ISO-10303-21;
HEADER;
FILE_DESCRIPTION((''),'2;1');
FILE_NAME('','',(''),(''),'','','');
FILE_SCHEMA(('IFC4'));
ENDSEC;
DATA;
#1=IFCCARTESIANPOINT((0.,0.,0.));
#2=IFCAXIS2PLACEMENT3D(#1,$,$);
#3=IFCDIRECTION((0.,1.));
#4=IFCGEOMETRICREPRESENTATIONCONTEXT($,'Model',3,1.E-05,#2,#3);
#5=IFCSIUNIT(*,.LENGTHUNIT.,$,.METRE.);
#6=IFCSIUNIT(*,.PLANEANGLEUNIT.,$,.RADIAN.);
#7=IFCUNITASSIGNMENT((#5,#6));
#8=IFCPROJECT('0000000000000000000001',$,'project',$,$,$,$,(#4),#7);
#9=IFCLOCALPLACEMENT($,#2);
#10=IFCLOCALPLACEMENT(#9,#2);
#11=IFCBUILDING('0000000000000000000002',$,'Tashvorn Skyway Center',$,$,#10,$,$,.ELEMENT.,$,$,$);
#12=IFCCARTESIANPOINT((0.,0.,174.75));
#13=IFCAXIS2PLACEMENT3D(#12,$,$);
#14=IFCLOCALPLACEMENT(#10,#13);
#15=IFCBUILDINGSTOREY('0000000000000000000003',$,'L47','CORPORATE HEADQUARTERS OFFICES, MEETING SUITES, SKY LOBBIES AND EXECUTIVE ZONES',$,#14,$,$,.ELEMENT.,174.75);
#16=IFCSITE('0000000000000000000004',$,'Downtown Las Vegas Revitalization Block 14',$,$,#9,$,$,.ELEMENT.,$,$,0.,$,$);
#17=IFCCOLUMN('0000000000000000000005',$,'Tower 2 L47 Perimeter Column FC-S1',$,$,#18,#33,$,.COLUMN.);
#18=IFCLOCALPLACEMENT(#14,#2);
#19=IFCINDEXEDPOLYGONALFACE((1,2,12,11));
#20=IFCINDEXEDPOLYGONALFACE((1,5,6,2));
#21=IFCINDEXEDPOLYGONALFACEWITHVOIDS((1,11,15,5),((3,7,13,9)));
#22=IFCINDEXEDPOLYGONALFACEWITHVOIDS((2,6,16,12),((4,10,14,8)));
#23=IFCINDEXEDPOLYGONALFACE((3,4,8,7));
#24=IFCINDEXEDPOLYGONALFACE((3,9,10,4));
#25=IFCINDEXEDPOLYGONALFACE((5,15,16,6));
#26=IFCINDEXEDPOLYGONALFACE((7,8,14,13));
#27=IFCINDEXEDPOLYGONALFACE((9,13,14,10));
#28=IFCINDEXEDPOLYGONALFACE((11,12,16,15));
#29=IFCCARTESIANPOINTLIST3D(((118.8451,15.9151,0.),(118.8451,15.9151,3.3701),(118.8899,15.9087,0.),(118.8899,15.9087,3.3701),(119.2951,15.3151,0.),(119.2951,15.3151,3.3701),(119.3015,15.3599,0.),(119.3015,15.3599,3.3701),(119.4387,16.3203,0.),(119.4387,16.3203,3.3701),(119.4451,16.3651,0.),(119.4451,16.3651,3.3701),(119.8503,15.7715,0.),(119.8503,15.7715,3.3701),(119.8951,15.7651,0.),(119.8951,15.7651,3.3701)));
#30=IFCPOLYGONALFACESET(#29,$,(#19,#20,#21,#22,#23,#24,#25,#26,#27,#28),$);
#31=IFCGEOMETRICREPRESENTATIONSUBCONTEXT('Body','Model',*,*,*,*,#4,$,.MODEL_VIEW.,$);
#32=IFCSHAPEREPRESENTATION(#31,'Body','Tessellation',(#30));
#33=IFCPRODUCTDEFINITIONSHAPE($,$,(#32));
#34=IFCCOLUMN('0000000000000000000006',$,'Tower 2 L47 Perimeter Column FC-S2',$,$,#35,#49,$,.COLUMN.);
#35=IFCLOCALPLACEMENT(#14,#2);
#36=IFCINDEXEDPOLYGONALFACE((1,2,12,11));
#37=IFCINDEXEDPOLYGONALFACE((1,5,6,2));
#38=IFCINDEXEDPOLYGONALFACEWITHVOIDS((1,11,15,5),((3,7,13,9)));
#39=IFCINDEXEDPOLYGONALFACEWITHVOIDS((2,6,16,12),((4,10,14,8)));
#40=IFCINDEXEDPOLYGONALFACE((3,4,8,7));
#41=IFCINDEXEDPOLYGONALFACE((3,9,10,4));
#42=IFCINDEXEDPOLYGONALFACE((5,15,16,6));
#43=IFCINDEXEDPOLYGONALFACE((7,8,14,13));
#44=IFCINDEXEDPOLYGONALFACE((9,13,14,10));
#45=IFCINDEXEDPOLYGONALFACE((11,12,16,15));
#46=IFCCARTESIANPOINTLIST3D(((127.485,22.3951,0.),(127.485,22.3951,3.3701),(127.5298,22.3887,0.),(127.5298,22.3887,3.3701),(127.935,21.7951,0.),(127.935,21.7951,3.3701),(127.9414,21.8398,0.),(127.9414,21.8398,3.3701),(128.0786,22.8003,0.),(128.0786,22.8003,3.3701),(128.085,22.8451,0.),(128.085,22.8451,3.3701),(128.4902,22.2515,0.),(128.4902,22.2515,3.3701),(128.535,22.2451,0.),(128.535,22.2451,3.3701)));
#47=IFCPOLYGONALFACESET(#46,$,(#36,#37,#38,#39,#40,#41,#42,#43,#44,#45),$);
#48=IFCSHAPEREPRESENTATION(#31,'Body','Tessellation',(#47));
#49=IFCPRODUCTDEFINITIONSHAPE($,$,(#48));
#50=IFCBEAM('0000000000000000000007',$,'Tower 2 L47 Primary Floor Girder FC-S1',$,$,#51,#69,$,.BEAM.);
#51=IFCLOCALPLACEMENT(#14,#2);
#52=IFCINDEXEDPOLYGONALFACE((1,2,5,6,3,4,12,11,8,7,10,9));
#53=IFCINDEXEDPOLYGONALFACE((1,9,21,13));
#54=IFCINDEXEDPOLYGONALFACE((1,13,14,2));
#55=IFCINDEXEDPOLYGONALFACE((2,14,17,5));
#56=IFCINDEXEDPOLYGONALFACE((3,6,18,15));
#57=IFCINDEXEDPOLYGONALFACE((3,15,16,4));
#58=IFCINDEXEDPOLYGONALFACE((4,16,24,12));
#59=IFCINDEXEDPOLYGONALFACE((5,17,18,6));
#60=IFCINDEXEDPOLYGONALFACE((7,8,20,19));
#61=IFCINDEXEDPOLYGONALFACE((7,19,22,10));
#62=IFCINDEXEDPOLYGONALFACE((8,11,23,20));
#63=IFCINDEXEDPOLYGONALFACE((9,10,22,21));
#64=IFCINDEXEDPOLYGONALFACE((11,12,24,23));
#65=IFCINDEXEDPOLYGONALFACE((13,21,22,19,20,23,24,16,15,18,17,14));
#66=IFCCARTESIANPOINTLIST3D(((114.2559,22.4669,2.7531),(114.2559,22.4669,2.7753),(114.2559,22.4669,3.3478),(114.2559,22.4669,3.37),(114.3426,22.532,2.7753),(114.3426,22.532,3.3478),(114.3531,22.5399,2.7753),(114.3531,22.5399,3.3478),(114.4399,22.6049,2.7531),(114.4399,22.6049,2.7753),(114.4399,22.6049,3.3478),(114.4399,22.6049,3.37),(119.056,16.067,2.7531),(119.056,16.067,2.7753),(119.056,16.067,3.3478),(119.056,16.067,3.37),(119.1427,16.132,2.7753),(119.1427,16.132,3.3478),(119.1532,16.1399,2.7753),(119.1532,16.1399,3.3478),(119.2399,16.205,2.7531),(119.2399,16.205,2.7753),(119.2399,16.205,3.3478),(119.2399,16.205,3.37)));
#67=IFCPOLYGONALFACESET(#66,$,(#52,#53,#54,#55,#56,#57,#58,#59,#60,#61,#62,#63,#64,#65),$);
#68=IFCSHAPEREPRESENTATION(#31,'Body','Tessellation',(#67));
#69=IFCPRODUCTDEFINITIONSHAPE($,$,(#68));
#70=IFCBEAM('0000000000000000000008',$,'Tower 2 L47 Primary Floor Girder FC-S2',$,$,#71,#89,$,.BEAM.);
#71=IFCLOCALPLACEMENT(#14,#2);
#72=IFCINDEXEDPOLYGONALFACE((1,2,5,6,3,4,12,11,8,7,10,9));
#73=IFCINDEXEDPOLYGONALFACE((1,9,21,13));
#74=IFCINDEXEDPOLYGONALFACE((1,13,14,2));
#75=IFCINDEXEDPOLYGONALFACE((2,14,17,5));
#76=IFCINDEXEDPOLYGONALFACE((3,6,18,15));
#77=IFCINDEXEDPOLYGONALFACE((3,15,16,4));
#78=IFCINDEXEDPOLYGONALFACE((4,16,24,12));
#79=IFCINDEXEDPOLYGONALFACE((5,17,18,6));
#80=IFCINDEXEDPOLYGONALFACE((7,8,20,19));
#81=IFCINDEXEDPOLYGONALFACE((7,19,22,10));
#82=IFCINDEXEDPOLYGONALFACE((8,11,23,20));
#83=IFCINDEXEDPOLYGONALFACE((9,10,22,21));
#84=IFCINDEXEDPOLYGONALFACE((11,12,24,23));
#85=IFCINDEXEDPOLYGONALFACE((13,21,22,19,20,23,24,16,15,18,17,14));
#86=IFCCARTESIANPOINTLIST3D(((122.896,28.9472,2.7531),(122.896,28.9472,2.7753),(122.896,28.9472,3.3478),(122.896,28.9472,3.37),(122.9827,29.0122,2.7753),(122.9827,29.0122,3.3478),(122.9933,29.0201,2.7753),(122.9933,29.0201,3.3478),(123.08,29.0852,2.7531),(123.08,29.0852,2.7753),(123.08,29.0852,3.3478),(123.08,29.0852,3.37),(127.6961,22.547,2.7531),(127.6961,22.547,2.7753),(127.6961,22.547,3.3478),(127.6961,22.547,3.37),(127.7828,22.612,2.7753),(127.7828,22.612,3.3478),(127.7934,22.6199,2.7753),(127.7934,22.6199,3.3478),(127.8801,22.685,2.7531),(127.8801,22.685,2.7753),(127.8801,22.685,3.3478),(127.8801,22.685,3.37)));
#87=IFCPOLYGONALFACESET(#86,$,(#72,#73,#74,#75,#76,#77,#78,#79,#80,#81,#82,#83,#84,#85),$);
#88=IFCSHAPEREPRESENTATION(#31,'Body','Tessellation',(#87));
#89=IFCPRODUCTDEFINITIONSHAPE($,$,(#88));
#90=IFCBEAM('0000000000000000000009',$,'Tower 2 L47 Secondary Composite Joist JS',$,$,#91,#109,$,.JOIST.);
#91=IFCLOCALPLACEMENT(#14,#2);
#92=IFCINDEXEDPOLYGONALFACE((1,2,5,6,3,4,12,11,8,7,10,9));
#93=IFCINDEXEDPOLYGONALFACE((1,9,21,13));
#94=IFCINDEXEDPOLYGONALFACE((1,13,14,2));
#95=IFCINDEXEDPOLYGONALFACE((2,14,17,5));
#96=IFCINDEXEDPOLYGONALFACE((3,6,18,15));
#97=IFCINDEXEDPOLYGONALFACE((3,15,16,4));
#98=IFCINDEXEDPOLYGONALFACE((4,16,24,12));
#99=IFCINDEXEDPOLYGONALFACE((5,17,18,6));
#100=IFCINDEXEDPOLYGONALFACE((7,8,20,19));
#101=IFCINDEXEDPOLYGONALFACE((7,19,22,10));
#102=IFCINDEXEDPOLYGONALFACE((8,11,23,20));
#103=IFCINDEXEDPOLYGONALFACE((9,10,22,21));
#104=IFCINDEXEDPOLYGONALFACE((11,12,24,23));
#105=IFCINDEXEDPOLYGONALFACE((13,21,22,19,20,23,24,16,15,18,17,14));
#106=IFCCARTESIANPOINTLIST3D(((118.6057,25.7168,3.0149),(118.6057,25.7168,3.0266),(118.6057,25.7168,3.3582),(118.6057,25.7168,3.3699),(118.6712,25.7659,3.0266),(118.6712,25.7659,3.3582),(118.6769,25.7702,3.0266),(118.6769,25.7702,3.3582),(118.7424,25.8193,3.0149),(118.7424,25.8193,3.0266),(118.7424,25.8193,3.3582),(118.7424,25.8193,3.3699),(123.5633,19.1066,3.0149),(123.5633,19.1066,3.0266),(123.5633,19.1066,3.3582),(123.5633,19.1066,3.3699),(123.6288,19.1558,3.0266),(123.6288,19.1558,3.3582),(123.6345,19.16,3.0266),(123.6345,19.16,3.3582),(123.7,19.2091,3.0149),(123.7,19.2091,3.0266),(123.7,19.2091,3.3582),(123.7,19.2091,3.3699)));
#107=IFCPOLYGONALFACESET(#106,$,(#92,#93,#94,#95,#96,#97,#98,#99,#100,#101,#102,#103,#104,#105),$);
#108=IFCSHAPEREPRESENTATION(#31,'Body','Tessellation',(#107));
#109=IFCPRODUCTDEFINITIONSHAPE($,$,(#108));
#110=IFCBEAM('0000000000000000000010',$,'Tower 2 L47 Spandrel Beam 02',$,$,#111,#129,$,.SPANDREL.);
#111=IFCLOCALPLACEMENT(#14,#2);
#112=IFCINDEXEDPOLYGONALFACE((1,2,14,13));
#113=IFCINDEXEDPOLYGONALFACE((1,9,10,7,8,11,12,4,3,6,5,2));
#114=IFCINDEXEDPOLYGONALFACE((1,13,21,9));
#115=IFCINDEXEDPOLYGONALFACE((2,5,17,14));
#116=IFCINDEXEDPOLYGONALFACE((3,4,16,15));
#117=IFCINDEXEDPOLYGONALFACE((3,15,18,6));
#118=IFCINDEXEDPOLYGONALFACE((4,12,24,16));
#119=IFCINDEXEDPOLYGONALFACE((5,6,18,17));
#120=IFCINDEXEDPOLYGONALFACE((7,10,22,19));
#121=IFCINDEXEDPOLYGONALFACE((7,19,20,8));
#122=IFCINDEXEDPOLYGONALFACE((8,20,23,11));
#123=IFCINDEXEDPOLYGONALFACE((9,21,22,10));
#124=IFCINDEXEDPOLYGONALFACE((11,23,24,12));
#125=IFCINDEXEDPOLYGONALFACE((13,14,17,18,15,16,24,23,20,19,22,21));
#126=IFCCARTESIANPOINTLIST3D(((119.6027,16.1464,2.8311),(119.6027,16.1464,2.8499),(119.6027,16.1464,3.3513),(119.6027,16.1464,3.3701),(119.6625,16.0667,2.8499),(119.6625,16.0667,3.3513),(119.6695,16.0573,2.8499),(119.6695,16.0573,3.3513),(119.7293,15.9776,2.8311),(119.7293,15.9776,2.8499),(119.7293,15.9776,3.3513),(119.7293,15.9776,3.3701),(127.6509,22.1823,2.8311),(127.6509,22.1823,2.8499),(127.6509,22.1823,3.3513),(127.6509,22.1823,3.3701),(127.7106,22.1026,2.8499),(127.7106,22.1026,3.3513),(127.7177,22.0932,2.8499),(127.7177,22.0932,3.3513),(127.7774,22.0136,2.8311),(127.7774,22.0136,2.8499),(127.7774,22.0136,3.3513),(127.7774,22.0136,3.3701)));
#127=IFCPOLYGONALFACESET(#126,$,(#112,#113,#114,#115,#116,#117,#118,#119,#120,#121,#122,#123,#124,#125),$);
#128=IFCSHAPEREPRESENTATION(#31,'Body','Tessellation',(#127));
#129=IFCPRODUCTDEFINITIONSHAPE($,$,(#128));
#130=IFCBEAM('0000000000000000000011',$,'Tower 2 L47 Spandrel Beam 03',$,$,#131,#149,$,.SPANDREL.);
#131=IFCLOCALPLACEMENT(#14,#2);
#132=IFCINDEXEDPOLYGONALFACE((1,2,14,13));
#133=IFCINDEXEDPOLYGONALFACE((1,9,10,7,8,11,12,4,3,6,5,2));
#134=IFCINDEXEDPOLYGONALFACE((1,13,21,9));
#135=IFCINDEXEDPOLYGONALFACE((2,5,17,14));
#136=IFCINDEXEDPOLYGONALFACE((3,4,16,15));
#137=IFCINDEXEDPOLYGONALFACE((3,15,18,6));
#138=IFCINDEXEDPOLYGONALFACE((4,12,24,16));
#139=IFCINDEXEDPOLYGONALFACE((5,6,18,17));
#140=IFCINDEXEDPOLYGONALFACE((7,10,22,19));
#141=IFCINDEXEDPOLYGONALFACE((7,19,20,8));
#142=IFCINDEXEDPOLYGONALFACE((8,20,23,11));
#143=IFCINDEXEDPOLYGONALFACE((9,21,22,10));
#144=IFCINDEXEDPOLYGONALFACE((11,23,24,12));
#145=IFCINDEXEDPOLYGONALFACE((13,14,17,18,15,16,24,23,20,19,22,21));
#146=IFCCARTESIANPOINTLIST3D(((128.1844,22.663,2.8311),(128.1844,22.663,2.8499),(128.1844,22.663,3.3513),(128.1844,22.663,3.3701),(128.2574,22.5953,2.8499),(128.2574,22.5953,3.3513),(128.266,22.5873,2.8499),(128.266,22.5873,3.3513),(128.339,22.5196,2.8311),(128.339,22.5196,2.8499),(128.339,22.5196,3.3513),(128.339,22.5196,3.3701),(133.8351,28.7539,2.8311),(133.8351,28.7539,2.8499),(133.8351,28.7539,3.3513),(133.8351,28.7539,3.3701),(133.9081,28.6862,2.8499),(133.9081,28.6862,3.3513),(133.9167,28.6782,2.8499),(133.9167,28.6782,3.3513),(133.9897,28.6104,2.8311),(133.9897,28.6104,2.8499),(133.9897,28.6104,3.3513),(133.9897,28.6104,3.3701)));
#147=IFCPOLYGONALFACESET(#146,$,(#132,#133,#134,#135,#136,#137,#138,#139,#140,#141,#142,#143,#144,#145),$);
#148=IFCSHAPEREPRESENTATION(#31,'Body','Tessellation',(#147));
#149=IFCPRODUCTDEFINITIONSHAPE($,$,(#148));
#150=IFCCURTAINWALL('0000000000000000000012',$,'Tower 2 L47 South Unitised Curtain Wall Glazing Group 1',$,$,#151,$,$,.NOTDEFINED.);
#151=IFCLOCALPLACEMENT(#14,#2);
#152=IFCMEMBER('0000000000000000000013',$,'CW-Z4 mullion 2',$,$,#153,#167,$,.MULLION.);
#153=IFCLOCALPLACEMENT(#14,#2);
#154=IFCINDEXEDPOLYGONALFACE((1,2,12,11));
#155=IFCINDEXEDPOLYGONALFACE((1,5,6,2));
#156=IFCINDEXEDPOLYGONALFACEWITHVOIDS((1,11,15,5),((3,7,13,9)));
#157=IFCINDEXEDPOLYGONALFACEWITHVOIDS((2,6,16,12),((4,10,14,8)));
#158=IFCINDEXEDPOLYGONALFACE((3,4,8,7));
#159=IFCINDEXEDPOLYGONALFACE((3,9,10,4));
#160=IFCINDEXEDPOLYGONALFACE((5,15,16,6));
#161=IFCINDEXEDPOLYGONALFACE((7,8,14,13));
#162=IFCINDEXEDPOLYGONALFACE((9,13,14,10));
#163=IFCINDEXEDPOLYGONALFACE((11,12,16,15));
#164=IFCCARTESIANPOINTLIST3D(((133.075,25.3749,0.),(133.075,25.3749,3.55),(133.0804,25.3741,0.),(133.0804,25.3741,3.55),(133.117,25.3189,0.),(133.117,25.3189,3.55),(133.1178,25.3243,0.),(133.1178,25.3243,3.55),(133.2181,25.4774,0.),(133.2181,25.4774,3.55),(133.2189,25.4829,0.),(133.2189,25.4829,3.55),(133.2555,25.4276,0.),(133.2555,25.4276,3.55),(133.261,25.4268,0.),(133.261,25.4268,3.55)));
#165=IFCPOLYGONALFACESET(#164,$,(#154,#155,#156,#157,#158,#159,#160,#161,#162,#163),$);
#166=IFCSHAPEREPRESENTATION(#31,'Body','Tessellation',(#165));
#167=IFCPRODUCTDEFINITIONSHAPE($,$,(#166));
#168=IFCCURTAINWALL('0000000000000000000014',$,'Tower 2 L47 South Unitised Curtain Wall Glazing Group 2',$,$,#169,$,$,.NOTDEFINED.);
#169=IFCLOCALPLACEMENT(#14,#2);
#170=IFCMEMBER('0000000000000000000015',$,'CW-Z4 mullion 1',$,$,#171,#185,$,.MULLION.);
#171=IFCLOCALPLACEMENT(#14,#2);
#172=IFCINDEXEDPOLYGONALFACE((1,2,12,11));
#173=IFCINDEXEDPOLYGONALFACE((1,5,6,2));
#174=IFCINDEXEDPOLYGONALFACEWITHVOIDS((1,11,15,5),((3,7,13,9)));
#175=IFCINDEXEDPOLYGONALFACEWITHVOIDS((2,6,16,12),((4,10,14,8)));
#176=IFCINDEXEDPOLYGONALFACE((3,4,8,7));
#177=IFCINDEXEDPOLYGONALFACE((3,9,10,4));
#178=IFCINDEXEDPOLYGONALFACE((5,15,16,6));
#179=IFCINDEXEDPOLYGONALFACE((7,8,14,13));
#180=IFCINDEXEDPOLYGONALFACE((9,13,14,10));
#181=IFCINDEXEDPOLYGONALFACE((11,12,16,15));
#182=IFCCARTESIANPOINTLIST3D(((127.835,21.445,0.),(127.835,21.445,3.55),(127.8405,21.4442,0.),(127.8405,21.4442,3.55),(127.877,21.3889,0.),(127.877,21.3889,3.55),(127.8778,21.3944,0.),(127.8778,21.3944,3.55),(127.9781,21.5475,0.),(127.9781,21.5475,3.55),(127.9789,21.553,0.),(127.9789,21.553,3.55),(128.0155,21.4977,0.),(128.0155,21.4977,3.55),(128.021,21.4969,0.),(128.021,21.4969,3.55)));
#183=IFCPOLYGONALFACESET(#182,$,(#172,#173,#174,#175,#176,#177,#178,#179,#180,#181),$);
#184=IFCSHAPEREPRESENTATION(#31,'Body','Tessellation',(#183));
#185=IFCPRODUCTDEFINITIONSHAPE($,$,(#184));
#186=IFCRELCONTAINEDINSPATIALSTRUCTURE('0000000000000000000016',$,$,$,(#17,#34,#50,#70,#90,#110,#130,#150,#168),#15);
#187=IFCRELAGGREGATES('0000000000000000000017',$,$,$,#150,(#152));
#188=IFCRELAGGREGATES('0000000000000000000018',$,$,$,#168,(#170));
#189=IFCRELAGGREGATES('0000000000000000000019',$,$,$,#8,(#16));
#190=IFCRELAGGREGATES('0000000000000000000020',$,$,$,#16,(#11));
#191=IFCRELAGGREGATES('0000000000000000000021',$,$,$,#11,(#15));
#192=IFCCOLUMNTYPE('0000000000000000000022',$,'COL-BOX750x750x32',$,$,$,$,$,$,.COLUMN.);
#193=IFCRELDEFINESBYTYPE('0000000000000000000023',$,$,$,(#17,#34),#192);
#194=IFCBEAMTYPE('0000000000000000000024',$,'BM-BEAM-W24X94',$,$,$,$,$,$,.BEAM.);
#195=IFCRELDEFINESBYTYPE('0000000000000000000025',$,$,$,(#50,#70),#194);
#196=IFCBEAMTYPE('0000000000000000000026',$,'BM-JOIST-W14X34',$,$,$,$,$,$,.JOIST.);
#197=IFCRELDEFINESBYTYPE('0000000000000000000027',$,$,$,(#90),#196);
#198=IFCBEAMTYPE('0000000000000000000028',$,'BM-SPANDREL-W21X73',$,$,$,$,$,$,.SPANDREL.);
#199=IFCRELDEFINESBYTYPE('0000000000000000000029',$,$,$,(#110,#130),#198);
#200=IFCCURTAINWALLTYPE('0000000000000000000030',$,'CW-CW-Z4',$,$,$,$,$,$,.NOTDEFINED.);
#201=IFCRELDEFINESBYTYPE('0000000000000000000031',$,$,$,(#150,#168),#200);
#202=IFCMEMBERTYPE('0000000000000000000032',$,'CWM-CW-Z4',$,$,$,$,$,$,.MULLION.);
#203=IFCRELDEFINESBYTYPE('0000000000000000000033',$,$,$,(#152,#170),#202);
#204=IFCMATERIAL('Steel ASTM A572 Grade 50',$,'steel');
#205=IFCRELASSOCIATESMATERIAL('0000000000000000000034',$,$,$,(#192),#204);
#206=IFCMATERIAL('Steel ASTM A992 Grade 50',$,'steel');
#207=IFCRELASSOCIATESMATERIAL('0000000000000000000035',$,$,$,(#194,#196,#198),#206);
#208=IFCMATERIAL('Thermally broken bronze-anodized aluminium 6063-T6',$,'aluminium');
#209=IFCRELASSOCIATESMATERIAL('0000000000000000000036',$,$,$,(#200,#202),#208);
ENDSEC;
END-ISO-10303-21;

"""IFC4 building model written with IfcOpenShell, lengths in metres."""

from ifc_helpers import new_model, si_unit, direction, frame, origin, origin_2d, place, context, subcontext, project, spatial, hollow_rectangle, i_section, extrude, material, material_profile, profile_set, type_object, element, aggregate, save


model = new_model("IFC4")

# Units and contexts
model_context = context("Model", 3, precision=1e-05, world=origin(), true_north=direction((0.0, 1.0)))
body_context = subcontext(model_context, "Body", "Model", "MODEL_VIEW")
ifc_project = project(units=[si_unit("LENGTHUNIT", "METRE"), si_unit("PLANEANGLEUNIT", "RADIAN")], contexts=[model_context])

# Site, building, storey
site_placement = place(None, origin())
site = spatial("IfcSite", under=ifc_project, at=site_placement, Name="Downtown Las Vegas Revitalization Block 14", CompositionType="ELEMENT", RefElevation=0.0)
building_placement = place(site_placement, origin())
building = spatial("IfcBuilding", under=site, at=building_placement, Name="Tashvorn Skyway Center", CompositionType="ELEMENT")
storey_placement = place(building_placement, frame((0.0, 0.0, 174.75)))
storey = spatial("IfcBuildingStorey", under=building, at=storey_placement, Name="L47", Description="CORPORATE HEADQUARTERS OFFICES, MEETING SUITES, SKY LOBBIES AND EXECUTIVE ZONES", CompositionType="ELEMENT", Elevation=174.75)

# Columns
ifc_material_1 = material(Name="Steel ASTM A572 Grade 50", Category="steel")
ifc_material_profile_1 = material_profile(ifc_material_1, hollow_rectangle(XDim=0.75, YDim=0.75, WallThickness=0.032, at=origin_2d()), Name="BOX750x750x32")
ifc_profile_set_1 = profile_set([ifc_material_profile_1], Name="Steel ASTM A572 Grade 50")
column_type = type_object("IfcColumnType", Name="COL-BOX750x750x32", PredefinedType="COLUMN", material=ifc_profile_set_1)
for number, where, z_axis, x_axis, name in (
    (1, (119.3701, 15.8401, 0.0), (0.0, 0.0, 1.0), (0.8, 0.6, 0.0), "Tower 2 L47 Perimeter Column FC-S1"),
    (2, (128.01, 22.3201, 0.0), (0.0, 0.0, 1.0), (0.8, 0.6, 0.0), "Tower 2 L47 Perimeter Column FC-S2"),
):
    element("IfcColumn", number, at=place(storey_placement, frame(where, z_axis=z_axis, x_axis=x_axis)), inside=storey, type_object=column_type, Name=name, PredefinedType="COLUMN", context=body_context, shape_type="SweptSolid", body=[
        extrude(hollow_rectangle(XDim=0.75, YDim=0.75, WallThickness=0.032, at=origin_2d()), origin(), (0.0, 0.0, 1.0), 3.3701),
    ])

# Beams
ifc_material_2 = material(Name="Steel ASTM A992 Grade 50", Category="steel")
ifc_material_profile_2 = material_profile(ifc_material_2, i_section(OverallWidth=0.23, OverallDepth=0.6169, WebThickness=0.0132, FlangeThickness=0.0222, at=origin_2d()), Name="W24X94")
ifc_profile_set_2 = profile_set([ifc_material_profile_2], Name="Steel ASTM A992 Grade 50")
beam_type_1 = type_object("IfcBeamType", Name="BM-BEAM-W24X94", PredefinedType="BEAM", material=ifc_profile_set_2)
beam_1_placement = place(storey_placement, frame((119.1479, 16.136, 3.0615), z_axis=(-0.60001, 0.799993, 0.0), x_axis=(-0.799993, -0.60001, 0.0)))
element("IfcBeam", 3, at=beam_1_placement, inside=storey, type_object=beam_type_1, Name="Tower 2 L47 Primary Floor Girder FC-S1", PredefinedType="BEAM", context=body_context, shape_type="SweptSolid", body=[
    extrude(i_section(OverallWidth=0.23, OverallDepth=0.6169, WebThickness=0.0132, FlangeThickness=0.0222, at=origin_2d()), origin(), (0.0, 0.0, 1.0), 8.0),
])
beam_2_placement = place(storey_placement, frame((127.7881, 22.616, 3.0615), z_axis=(-0.599995, 0.800004, 0.0), x_axis=(-0.800004, -0.599995, 0.0)))
element("IfcBeam", 4, at=beam_2_placement, inside=storey, type_object=beam_type_1, Name="Tower 2 L47 Primary Floor Girder FC-S2", PredefinedType="BEAM", context=body_context, shape_type="SweptSolid", body=[
    extrude(i_section(OverallWidth=0.23, OverallDepth=0.6169, WebThickness=0.0132, FlangeThickness=0.0222, at=origin_2d()), origin(), (0.0, 0.0, 1.0), 8.0002),
])
ifc_material_profile_3 = material_profile(ifc_material_2, i_section(OverallWidth=0.1709, OverallDepth=0.355, WebThickness=0.0071, FlangeThickness=0.0117, at=origin_2d()), Name="W14X34")
ifc_profile_set_3 = profile_set([ifc_material_profile_3], Name="Steel ASTM A992 Grade 50")
beam_type_2 = type_object("IfcBeamType", Name="BM-JOIST-W14X34", PredefinedType="JOIST", material=ifc_profile_set_3)
beam_3_placement = place(storey_placement, frame((118.6741, 25.7681, 3.1924), z_axis=(0.599995, -0.800004, 0.0), x_axis=(0.800004, 0.599995, 0.0)))
element("IfcBeam", 5, at=beam_3_placement, inside=storey, type_object=beam_type_2, Name="Tower 2 L47 Secondary Composite Joist JS", PredefinedType="JOIST", context=body_context, shape_type="SweptSolid", body=[
    extrude(i_section(OverallWidth=0.1709, OverallDepth=0.355, WebThickness=0.0071, FlangeThickness=0.0117, at=origin_2d()), origin(), (0.0, 0.0, 1.0), 8.2627),
])
ifc_material_profile_4 = material_profile(ifc_material_2, i_section(OverallWidth=0.2109, OverallDepth=0.5391, WebThickness=0.0117, FlangeThickness=0.0188, at=origin_2d()), Name="W21X73")
ifc_profile_set_4 = profile_set([ifc_material_profile_4], Name="Steel ASTM A992 Grade 50")
beam_type_3 = type_object("IfcBeamType", Name="BM-SPANDREL-W21X73", PredefinedType="SPANDREL", material=ifc_profile_set_4)
beam_4_placement = place(storey_placement, frame((119.666, 16.062, 3.1006), z_axis=(0.800009, 0.599988, 0.0), x_axis=(-0.599988, 0.800009, 0.0)))
element("IfcBeam", 6, at=beam_4_placement, inside=storey, type_object=beam_type_3, Name="Tower 2 L47 Spandrel Beam 02", PredefinedType="SPANDREL", context=body_context, shape_type="SweptSolid", body=[
    extrude(i_section(OverallWidth=0.2109, OverallDepth=0.5391, WebThickness=0.0117, FlangeThickness=0.0188, at=origin_2d()), origin(), (0.0, 0.0, 1.0), 10.0601),
])
beam_5_placement = place(storey_placement, frame((128.2617, 22.5913, 3.1006), z_axis=(0.68012, 0.733101, 0.0), x_axis=(-0.733101, 0.68012, 0.0)))
element("IfcBeam", 7, at=beam_5_placement, inside=storey, type_object=beam_type_3, Name="Tower 2 L47 Spandrel Beam 03", PredefinedType="SPANDREL", context=body_context, shape_type="SweptSolid", body=[
    extrude(i_section(OverallWidth=0.2109, OverallDepth=0.5391, WebThickness=0.0117, FlangeThickness=0.0188, at=origin_2d()), origin(), (0.0, 0.0, 1.0), 8.3083),
])

# Curtain wall, member
ifc_material_3 = material(Name="Thermally broken bronze-anodized aluminium 6063-T6", Category="aluminium")
curtain_wall_type = type_object("IfcCurtainWallType", Name="CW-CW-Z4", PredefinedType="NOTDEFINED", material=ifc_material_3)
curtain_wall_1_placement = place(storey_placement, origin())
curtain_wall_1 = element("IfcCurtainWall", 8, at=curtain_wall_1_placement, inside=storey, type_object=curtain_wall_type, Name="Tower 2 L47 South Unitised Curtain Wall Glazing Group 1", PredefinedType="NOTDEFINED")
ifc_material_profile_5 = material_profile(ifc_material_3, hollow_rectangle(XDim=0.0701, YDim=0.1799, WallThickness=0.0039, at=origin_2d()), Name="ALU-MULL-70x180")
ifc_profile_set_5 = profile_set([ifc_material_profile_5], Name="Thermally broken bronze-anodized aluminium 6063-T6")
member_type_1 = type_object("IfcMemberType", Name="CWM-CW-Z4", PredefinedType="MULLION", material=ifc_profile_set_5)
member_1_placement = place(storey_placement, frame((133.168, 25.4009, 0.0), z_axis=(0.0, 0.0, 1.0), x_axis=(0.6, -0.8, 0.0)))
member_1 = element("IfcMember", 9, at=member_1_placement, type_object=member_type_1, Name="CW-Z4 mullion 2", PredefinedType="MULLION", context=body_context, shape_type="SweptSolid", body=[
    extrude(hollow_rectangle(XDim=0.0701, YDim=0.1799, WallThickness=0.0039, at=origin_2d()), origin(), (0.0, 0.0, 1.0), 3.55),
])
aggregate(curtain_wall_1, [member_1])

# Curtain wall, member
curtain_wall_2_placement = place(storey_placement, origin())
curtain_wall_2 = element("IfcCurtainWall", 10, at=curtain_wall_2_placement, inside=storey, type_object=curtain_wall_type, Name="Tower 2 L47 South Unitised Curtain Wall Glazing Group 2", PredefinedType="NOTDEFINED")
member_2_placement = place(storey_placement, frame((127.928, 21.4709, 0.0), z_axis=(0.0, 0.0, 1.0), x_axis=(0.6, -0.8, 0.0)))
member_2 = element("IfcMember", 11, at=member_2_placement, type_object=member_type_1, Name="CW-Z4 mullion 1", PredefinedType="MULLION", context=body_context, shape_type="SweptSolid", body=[
    extrude(hollow_rectangle(XDim=0.0701, YDim=0.1799, WallThickness=0.0039, at=origin_2d()), origin(), (0.0, 0.0, 1.0), 3.55),
])

aggregate(curtain_wall_2, [member_2])

save(model, "model.ifc")
